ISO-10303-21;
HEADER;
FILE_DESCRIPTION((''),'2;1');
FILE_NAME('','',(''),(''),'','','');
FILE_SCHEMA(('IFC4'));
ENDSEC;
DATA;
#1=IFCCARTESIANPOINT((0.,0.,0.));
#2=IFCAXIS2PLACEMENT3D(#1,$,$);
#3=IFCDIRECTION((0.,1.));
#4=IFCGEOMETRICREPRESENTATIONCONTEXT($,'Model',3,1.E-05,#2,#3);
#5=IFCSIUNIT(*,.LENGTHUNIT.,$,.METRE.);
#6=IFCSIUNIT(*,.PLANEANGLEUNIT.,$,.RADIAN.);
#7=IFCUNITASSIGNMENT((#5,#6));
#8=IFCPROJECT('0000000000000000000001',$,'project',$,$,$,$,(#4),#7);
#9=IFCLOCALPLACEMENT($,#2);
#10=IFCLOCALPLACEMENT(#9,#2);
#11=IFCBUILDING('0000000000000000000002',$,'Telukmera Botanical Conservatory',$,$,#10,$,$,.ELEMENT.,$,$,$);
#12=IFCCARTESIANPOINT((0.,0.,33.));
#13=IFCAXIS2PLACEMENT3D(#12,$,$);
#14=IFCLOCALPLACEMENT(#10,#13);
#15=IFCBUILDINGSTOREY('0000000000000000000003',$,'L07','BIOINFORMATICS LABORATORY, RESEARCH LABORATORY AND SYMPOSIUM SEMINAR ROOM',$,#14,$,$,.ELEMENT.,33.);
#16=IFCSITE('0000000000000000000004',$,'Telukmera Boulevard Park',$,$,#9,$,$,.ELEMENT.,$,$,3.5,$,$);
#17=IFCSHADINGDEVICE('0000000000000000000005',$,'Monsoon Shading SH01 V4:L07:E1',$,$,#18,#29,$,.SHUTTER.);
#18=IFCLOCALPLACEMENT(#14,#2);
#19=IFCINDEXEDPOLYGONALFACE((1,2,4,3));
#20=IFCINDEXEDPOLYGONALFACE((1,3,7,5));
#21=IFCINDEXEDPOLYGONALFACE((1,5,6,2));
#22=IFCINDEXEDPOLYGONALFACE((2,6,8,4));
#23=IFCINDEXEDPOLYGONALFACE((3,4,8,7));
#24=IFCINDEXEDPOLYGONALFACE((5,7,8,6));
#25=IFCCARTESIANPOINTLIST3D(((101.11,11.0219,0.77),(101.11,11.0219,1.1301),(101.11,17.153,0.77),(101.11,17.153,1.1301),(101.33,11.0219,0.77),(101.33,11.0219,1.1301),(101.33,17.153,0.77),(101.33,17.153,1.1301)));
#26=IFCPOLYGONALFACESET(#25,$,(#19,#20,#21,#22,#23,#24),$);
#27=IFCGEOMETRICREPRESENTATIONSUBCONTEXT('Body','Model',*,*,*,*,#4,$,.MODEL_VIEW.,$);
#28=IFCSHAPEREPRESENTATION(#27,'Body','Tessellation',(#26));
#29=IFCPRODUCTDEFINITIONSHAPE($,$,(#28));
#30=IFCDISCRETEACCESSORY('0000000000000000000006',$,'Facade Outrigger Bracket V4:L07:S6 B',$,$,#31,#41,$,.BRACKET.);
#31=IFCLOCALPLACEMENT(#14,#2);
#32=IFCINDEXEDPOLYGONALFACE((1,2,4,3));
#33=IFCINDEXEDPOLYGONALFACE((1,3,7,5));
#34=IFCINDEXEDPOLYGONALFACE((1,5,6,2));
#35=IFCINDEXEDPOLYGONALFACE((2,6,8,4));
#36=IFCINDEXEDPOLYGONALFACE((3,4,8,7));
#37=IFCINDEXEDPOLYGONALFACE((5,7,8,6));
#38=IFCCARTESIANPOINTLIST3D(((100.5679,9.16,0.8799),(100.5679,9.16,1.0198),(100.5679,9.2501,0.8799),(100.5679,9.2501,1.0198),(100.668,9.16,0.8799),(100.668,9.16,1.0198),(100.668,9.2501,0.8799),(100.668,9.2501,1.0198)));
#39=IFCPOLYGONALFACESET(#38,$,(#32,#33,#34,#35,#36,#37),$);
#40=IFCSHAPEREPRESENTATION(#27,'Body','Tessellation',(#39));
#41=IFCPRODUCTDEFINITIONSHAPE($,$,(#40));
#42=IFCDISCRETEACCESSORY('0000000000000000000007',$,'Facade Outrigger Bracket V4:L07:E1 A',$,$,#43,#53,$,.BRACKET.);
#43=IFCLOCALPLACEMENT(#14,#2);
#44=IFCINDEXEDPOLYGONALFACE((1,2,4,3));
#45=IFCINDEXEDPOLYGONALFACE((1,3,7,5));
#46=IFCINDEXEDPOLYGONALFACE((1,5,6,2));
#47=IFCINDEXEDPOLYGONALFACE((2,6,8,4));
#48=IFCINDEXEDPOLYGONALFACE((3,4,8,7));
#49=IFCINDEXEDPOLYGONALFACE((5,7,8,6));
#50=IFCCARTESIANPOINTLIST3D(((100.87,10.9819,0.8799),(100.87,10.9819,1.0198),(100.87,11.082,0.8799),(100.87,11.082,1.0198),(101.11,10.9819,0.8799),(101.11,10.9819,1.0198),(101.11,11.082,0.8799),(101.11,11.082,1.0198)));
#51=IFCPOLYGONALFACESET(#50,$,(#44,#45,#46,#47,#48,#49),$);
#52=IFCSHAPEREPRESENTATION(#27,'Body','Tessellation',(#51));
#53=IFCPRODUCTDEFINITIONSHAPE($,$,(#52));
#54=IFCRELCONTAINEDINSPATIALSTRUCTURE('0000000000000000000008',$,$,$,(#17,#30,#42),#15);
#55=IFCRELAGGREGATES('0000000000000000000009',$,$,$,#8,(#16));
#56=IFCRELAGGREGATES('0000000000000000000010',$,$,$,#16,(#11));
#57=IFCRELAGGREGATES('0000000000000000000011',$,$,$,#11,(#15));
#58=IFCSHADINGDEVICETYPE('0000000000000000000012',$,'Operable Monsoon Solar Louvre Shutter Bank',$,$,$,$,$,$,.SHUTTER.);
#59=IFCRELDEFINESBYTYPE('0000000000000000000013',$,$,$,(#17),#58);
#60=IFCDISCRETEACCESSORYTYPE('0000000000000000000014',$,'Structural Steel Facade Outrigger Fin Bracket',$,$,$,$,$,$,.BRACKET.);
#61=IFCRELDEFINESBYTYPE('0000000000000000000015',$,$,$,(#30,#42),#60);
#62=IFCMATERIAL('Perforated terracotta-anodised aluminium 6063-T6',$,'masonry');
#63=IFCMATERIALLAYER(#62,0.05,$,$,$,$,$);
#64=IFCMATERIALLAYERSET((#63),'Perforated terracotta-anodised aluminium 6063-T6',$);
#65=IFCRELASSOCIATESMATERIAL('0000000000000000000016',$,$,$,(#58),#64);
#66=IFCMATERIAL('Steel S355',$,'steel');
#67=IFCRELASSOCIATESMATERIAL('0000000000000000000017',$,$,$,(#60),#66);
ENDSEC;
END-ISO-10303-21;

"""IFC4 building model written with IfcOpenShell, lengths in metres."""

from ifc_helpers import new_model, si_unit, direction, frame, origin, origin_2d, place, context, subcontext, project, spatial, rectangle, extrude, material, layer, layer_set, type_object, element, save


model = new_model("IFC4")

# Units and contexts
model_context = context("Model", 3, precision=1e-05, world=origin(), true_north=direction((0.0, 1.0)))
body_context = subcontext(model_context, "Body", "Model", "MODEL_VIEW")
ifc_project = project(units=[si_unit("LENGTHUNIT", "METRE"), si_unit("PLANEANGLEUNIT", "RADIAN")], contexts=[model_context])

# Site, building, storey
site_placement = place(None, origin())
site = spatial("IfcSite", under=ifc_project, at=site_placement, Name="Telukmera Boulevard Park", CompositionType="ELEMENT", RefElevation=3.5)
building_placement = place(site_placement, origin())
building = spatial("IfcBuilding", under=site, at=building_placement, Name="Telukmera Botanical Conservatory", CompositionType="ELEMENT")
storey_placement = place(building_placement, frame((0.0, 0.0, 33.0)))
storey = spatial("IfcBuildingStorey", under=building, at=storey_placement, Name="L07", Description="BIOINFORMATICS LABORATORY, RESEARCH LABORATORY AND SYMPOSIUM SEMINAR ROOM", CompositionType="ELEMENT", Elevation=33.0)

# Shading device
ifc_material_1 = material(Name="Perforated terracotta-anodised aluminium 6063-T6", Category="masonry")
ifc_layer_1 = layer(ifc_material_1, 0.05)
ifc_layer_set_1 = layer_set([ifc_layer_1], Name="Perforated terracotta-anodised aluminium 6063-T6")
shading_device_type = type_object("IfcShadingDeviceType", Name="Operable Monsoon Solar Louvre Shutter Bank", PredefinedType="SHUTTER", material=ifc_layer_set_1)
shading_device_placement = place(storey_placement, frame((101.22, 14.0874, 0.77), z_axis=(0.0, 0.0, 1.0), x_axis=(0.0, 1.0, 0.0)))
element("IfcShadingDevice", 1, at=shading_device_placement, inside=storey, type_object=shading_device_type, Name="Monsoon Shading SH01 V4:L07:E1", PredefinedType="SHUTTER", context=body_context, shape_type="SweptSolid", body=[
    extrude(rectangle(XDim=6.1311, YDim=0.22, at=origin_2d()), origin(), (0.0, 0.0, 1.0), 0.3601),
])

# Discrete accessories
ifc_material_2 = material(Name="Steel S355", Category="steel")
discrete_accessory_type = type_object("IfcDiscreteAccessoryType", Name="Structural Steel Facade Outrigger Fin Bracket", PredefinedType="BRACKET", material=ifc_material_2)
discrete_accessory_1_placement = place(storey_placement, frame((100.6179, 9.2051, 0.8799), z_axis=(0.0, 0.0, 1.0), x_axis=(1.0, 0.0, 0.0)))
element("IfcDiscreteAccessory", 2, at=discrete_accessory_1_placement, inside=storey, type_object=discrete_accessory_type, Name="Facade Outrigger Bracket V4:L07:S6 B", PredefinedType="BRACKET", context=body_context, shape_type="SweptSolid", body=[
    extrude(rectangle(XDim=0.1001, YDim=0.0901, at=origin_2d()), origin(), (0.0, 0.0, 1.0), 0.1399),
])
discrete_accessory_2_placement = place(storey_placement, frame((100.99, 11.032, 0.8799), z_axis=(0.0, 0.0, 1.0), x_axis=(0.0, 1.0, 0.0)))
element("IfcDiscreteAccessory", 3, at=discrete_accessory_2_placement, inside=storey, type_object=discrete_accessory_type, Name="Facade Outrigger Bracket V4:L07:E1 A", PredefinedType="BRACKET", context=body_context, shape_type="SweptSolid", body=[
    extrude(rectangle(XDim=0.1001, YDim=0.24, at=origin_2d()), origin(), (0.0, 0.0, 1.0), 0.1399),
])

save(model, "model.ifc")
